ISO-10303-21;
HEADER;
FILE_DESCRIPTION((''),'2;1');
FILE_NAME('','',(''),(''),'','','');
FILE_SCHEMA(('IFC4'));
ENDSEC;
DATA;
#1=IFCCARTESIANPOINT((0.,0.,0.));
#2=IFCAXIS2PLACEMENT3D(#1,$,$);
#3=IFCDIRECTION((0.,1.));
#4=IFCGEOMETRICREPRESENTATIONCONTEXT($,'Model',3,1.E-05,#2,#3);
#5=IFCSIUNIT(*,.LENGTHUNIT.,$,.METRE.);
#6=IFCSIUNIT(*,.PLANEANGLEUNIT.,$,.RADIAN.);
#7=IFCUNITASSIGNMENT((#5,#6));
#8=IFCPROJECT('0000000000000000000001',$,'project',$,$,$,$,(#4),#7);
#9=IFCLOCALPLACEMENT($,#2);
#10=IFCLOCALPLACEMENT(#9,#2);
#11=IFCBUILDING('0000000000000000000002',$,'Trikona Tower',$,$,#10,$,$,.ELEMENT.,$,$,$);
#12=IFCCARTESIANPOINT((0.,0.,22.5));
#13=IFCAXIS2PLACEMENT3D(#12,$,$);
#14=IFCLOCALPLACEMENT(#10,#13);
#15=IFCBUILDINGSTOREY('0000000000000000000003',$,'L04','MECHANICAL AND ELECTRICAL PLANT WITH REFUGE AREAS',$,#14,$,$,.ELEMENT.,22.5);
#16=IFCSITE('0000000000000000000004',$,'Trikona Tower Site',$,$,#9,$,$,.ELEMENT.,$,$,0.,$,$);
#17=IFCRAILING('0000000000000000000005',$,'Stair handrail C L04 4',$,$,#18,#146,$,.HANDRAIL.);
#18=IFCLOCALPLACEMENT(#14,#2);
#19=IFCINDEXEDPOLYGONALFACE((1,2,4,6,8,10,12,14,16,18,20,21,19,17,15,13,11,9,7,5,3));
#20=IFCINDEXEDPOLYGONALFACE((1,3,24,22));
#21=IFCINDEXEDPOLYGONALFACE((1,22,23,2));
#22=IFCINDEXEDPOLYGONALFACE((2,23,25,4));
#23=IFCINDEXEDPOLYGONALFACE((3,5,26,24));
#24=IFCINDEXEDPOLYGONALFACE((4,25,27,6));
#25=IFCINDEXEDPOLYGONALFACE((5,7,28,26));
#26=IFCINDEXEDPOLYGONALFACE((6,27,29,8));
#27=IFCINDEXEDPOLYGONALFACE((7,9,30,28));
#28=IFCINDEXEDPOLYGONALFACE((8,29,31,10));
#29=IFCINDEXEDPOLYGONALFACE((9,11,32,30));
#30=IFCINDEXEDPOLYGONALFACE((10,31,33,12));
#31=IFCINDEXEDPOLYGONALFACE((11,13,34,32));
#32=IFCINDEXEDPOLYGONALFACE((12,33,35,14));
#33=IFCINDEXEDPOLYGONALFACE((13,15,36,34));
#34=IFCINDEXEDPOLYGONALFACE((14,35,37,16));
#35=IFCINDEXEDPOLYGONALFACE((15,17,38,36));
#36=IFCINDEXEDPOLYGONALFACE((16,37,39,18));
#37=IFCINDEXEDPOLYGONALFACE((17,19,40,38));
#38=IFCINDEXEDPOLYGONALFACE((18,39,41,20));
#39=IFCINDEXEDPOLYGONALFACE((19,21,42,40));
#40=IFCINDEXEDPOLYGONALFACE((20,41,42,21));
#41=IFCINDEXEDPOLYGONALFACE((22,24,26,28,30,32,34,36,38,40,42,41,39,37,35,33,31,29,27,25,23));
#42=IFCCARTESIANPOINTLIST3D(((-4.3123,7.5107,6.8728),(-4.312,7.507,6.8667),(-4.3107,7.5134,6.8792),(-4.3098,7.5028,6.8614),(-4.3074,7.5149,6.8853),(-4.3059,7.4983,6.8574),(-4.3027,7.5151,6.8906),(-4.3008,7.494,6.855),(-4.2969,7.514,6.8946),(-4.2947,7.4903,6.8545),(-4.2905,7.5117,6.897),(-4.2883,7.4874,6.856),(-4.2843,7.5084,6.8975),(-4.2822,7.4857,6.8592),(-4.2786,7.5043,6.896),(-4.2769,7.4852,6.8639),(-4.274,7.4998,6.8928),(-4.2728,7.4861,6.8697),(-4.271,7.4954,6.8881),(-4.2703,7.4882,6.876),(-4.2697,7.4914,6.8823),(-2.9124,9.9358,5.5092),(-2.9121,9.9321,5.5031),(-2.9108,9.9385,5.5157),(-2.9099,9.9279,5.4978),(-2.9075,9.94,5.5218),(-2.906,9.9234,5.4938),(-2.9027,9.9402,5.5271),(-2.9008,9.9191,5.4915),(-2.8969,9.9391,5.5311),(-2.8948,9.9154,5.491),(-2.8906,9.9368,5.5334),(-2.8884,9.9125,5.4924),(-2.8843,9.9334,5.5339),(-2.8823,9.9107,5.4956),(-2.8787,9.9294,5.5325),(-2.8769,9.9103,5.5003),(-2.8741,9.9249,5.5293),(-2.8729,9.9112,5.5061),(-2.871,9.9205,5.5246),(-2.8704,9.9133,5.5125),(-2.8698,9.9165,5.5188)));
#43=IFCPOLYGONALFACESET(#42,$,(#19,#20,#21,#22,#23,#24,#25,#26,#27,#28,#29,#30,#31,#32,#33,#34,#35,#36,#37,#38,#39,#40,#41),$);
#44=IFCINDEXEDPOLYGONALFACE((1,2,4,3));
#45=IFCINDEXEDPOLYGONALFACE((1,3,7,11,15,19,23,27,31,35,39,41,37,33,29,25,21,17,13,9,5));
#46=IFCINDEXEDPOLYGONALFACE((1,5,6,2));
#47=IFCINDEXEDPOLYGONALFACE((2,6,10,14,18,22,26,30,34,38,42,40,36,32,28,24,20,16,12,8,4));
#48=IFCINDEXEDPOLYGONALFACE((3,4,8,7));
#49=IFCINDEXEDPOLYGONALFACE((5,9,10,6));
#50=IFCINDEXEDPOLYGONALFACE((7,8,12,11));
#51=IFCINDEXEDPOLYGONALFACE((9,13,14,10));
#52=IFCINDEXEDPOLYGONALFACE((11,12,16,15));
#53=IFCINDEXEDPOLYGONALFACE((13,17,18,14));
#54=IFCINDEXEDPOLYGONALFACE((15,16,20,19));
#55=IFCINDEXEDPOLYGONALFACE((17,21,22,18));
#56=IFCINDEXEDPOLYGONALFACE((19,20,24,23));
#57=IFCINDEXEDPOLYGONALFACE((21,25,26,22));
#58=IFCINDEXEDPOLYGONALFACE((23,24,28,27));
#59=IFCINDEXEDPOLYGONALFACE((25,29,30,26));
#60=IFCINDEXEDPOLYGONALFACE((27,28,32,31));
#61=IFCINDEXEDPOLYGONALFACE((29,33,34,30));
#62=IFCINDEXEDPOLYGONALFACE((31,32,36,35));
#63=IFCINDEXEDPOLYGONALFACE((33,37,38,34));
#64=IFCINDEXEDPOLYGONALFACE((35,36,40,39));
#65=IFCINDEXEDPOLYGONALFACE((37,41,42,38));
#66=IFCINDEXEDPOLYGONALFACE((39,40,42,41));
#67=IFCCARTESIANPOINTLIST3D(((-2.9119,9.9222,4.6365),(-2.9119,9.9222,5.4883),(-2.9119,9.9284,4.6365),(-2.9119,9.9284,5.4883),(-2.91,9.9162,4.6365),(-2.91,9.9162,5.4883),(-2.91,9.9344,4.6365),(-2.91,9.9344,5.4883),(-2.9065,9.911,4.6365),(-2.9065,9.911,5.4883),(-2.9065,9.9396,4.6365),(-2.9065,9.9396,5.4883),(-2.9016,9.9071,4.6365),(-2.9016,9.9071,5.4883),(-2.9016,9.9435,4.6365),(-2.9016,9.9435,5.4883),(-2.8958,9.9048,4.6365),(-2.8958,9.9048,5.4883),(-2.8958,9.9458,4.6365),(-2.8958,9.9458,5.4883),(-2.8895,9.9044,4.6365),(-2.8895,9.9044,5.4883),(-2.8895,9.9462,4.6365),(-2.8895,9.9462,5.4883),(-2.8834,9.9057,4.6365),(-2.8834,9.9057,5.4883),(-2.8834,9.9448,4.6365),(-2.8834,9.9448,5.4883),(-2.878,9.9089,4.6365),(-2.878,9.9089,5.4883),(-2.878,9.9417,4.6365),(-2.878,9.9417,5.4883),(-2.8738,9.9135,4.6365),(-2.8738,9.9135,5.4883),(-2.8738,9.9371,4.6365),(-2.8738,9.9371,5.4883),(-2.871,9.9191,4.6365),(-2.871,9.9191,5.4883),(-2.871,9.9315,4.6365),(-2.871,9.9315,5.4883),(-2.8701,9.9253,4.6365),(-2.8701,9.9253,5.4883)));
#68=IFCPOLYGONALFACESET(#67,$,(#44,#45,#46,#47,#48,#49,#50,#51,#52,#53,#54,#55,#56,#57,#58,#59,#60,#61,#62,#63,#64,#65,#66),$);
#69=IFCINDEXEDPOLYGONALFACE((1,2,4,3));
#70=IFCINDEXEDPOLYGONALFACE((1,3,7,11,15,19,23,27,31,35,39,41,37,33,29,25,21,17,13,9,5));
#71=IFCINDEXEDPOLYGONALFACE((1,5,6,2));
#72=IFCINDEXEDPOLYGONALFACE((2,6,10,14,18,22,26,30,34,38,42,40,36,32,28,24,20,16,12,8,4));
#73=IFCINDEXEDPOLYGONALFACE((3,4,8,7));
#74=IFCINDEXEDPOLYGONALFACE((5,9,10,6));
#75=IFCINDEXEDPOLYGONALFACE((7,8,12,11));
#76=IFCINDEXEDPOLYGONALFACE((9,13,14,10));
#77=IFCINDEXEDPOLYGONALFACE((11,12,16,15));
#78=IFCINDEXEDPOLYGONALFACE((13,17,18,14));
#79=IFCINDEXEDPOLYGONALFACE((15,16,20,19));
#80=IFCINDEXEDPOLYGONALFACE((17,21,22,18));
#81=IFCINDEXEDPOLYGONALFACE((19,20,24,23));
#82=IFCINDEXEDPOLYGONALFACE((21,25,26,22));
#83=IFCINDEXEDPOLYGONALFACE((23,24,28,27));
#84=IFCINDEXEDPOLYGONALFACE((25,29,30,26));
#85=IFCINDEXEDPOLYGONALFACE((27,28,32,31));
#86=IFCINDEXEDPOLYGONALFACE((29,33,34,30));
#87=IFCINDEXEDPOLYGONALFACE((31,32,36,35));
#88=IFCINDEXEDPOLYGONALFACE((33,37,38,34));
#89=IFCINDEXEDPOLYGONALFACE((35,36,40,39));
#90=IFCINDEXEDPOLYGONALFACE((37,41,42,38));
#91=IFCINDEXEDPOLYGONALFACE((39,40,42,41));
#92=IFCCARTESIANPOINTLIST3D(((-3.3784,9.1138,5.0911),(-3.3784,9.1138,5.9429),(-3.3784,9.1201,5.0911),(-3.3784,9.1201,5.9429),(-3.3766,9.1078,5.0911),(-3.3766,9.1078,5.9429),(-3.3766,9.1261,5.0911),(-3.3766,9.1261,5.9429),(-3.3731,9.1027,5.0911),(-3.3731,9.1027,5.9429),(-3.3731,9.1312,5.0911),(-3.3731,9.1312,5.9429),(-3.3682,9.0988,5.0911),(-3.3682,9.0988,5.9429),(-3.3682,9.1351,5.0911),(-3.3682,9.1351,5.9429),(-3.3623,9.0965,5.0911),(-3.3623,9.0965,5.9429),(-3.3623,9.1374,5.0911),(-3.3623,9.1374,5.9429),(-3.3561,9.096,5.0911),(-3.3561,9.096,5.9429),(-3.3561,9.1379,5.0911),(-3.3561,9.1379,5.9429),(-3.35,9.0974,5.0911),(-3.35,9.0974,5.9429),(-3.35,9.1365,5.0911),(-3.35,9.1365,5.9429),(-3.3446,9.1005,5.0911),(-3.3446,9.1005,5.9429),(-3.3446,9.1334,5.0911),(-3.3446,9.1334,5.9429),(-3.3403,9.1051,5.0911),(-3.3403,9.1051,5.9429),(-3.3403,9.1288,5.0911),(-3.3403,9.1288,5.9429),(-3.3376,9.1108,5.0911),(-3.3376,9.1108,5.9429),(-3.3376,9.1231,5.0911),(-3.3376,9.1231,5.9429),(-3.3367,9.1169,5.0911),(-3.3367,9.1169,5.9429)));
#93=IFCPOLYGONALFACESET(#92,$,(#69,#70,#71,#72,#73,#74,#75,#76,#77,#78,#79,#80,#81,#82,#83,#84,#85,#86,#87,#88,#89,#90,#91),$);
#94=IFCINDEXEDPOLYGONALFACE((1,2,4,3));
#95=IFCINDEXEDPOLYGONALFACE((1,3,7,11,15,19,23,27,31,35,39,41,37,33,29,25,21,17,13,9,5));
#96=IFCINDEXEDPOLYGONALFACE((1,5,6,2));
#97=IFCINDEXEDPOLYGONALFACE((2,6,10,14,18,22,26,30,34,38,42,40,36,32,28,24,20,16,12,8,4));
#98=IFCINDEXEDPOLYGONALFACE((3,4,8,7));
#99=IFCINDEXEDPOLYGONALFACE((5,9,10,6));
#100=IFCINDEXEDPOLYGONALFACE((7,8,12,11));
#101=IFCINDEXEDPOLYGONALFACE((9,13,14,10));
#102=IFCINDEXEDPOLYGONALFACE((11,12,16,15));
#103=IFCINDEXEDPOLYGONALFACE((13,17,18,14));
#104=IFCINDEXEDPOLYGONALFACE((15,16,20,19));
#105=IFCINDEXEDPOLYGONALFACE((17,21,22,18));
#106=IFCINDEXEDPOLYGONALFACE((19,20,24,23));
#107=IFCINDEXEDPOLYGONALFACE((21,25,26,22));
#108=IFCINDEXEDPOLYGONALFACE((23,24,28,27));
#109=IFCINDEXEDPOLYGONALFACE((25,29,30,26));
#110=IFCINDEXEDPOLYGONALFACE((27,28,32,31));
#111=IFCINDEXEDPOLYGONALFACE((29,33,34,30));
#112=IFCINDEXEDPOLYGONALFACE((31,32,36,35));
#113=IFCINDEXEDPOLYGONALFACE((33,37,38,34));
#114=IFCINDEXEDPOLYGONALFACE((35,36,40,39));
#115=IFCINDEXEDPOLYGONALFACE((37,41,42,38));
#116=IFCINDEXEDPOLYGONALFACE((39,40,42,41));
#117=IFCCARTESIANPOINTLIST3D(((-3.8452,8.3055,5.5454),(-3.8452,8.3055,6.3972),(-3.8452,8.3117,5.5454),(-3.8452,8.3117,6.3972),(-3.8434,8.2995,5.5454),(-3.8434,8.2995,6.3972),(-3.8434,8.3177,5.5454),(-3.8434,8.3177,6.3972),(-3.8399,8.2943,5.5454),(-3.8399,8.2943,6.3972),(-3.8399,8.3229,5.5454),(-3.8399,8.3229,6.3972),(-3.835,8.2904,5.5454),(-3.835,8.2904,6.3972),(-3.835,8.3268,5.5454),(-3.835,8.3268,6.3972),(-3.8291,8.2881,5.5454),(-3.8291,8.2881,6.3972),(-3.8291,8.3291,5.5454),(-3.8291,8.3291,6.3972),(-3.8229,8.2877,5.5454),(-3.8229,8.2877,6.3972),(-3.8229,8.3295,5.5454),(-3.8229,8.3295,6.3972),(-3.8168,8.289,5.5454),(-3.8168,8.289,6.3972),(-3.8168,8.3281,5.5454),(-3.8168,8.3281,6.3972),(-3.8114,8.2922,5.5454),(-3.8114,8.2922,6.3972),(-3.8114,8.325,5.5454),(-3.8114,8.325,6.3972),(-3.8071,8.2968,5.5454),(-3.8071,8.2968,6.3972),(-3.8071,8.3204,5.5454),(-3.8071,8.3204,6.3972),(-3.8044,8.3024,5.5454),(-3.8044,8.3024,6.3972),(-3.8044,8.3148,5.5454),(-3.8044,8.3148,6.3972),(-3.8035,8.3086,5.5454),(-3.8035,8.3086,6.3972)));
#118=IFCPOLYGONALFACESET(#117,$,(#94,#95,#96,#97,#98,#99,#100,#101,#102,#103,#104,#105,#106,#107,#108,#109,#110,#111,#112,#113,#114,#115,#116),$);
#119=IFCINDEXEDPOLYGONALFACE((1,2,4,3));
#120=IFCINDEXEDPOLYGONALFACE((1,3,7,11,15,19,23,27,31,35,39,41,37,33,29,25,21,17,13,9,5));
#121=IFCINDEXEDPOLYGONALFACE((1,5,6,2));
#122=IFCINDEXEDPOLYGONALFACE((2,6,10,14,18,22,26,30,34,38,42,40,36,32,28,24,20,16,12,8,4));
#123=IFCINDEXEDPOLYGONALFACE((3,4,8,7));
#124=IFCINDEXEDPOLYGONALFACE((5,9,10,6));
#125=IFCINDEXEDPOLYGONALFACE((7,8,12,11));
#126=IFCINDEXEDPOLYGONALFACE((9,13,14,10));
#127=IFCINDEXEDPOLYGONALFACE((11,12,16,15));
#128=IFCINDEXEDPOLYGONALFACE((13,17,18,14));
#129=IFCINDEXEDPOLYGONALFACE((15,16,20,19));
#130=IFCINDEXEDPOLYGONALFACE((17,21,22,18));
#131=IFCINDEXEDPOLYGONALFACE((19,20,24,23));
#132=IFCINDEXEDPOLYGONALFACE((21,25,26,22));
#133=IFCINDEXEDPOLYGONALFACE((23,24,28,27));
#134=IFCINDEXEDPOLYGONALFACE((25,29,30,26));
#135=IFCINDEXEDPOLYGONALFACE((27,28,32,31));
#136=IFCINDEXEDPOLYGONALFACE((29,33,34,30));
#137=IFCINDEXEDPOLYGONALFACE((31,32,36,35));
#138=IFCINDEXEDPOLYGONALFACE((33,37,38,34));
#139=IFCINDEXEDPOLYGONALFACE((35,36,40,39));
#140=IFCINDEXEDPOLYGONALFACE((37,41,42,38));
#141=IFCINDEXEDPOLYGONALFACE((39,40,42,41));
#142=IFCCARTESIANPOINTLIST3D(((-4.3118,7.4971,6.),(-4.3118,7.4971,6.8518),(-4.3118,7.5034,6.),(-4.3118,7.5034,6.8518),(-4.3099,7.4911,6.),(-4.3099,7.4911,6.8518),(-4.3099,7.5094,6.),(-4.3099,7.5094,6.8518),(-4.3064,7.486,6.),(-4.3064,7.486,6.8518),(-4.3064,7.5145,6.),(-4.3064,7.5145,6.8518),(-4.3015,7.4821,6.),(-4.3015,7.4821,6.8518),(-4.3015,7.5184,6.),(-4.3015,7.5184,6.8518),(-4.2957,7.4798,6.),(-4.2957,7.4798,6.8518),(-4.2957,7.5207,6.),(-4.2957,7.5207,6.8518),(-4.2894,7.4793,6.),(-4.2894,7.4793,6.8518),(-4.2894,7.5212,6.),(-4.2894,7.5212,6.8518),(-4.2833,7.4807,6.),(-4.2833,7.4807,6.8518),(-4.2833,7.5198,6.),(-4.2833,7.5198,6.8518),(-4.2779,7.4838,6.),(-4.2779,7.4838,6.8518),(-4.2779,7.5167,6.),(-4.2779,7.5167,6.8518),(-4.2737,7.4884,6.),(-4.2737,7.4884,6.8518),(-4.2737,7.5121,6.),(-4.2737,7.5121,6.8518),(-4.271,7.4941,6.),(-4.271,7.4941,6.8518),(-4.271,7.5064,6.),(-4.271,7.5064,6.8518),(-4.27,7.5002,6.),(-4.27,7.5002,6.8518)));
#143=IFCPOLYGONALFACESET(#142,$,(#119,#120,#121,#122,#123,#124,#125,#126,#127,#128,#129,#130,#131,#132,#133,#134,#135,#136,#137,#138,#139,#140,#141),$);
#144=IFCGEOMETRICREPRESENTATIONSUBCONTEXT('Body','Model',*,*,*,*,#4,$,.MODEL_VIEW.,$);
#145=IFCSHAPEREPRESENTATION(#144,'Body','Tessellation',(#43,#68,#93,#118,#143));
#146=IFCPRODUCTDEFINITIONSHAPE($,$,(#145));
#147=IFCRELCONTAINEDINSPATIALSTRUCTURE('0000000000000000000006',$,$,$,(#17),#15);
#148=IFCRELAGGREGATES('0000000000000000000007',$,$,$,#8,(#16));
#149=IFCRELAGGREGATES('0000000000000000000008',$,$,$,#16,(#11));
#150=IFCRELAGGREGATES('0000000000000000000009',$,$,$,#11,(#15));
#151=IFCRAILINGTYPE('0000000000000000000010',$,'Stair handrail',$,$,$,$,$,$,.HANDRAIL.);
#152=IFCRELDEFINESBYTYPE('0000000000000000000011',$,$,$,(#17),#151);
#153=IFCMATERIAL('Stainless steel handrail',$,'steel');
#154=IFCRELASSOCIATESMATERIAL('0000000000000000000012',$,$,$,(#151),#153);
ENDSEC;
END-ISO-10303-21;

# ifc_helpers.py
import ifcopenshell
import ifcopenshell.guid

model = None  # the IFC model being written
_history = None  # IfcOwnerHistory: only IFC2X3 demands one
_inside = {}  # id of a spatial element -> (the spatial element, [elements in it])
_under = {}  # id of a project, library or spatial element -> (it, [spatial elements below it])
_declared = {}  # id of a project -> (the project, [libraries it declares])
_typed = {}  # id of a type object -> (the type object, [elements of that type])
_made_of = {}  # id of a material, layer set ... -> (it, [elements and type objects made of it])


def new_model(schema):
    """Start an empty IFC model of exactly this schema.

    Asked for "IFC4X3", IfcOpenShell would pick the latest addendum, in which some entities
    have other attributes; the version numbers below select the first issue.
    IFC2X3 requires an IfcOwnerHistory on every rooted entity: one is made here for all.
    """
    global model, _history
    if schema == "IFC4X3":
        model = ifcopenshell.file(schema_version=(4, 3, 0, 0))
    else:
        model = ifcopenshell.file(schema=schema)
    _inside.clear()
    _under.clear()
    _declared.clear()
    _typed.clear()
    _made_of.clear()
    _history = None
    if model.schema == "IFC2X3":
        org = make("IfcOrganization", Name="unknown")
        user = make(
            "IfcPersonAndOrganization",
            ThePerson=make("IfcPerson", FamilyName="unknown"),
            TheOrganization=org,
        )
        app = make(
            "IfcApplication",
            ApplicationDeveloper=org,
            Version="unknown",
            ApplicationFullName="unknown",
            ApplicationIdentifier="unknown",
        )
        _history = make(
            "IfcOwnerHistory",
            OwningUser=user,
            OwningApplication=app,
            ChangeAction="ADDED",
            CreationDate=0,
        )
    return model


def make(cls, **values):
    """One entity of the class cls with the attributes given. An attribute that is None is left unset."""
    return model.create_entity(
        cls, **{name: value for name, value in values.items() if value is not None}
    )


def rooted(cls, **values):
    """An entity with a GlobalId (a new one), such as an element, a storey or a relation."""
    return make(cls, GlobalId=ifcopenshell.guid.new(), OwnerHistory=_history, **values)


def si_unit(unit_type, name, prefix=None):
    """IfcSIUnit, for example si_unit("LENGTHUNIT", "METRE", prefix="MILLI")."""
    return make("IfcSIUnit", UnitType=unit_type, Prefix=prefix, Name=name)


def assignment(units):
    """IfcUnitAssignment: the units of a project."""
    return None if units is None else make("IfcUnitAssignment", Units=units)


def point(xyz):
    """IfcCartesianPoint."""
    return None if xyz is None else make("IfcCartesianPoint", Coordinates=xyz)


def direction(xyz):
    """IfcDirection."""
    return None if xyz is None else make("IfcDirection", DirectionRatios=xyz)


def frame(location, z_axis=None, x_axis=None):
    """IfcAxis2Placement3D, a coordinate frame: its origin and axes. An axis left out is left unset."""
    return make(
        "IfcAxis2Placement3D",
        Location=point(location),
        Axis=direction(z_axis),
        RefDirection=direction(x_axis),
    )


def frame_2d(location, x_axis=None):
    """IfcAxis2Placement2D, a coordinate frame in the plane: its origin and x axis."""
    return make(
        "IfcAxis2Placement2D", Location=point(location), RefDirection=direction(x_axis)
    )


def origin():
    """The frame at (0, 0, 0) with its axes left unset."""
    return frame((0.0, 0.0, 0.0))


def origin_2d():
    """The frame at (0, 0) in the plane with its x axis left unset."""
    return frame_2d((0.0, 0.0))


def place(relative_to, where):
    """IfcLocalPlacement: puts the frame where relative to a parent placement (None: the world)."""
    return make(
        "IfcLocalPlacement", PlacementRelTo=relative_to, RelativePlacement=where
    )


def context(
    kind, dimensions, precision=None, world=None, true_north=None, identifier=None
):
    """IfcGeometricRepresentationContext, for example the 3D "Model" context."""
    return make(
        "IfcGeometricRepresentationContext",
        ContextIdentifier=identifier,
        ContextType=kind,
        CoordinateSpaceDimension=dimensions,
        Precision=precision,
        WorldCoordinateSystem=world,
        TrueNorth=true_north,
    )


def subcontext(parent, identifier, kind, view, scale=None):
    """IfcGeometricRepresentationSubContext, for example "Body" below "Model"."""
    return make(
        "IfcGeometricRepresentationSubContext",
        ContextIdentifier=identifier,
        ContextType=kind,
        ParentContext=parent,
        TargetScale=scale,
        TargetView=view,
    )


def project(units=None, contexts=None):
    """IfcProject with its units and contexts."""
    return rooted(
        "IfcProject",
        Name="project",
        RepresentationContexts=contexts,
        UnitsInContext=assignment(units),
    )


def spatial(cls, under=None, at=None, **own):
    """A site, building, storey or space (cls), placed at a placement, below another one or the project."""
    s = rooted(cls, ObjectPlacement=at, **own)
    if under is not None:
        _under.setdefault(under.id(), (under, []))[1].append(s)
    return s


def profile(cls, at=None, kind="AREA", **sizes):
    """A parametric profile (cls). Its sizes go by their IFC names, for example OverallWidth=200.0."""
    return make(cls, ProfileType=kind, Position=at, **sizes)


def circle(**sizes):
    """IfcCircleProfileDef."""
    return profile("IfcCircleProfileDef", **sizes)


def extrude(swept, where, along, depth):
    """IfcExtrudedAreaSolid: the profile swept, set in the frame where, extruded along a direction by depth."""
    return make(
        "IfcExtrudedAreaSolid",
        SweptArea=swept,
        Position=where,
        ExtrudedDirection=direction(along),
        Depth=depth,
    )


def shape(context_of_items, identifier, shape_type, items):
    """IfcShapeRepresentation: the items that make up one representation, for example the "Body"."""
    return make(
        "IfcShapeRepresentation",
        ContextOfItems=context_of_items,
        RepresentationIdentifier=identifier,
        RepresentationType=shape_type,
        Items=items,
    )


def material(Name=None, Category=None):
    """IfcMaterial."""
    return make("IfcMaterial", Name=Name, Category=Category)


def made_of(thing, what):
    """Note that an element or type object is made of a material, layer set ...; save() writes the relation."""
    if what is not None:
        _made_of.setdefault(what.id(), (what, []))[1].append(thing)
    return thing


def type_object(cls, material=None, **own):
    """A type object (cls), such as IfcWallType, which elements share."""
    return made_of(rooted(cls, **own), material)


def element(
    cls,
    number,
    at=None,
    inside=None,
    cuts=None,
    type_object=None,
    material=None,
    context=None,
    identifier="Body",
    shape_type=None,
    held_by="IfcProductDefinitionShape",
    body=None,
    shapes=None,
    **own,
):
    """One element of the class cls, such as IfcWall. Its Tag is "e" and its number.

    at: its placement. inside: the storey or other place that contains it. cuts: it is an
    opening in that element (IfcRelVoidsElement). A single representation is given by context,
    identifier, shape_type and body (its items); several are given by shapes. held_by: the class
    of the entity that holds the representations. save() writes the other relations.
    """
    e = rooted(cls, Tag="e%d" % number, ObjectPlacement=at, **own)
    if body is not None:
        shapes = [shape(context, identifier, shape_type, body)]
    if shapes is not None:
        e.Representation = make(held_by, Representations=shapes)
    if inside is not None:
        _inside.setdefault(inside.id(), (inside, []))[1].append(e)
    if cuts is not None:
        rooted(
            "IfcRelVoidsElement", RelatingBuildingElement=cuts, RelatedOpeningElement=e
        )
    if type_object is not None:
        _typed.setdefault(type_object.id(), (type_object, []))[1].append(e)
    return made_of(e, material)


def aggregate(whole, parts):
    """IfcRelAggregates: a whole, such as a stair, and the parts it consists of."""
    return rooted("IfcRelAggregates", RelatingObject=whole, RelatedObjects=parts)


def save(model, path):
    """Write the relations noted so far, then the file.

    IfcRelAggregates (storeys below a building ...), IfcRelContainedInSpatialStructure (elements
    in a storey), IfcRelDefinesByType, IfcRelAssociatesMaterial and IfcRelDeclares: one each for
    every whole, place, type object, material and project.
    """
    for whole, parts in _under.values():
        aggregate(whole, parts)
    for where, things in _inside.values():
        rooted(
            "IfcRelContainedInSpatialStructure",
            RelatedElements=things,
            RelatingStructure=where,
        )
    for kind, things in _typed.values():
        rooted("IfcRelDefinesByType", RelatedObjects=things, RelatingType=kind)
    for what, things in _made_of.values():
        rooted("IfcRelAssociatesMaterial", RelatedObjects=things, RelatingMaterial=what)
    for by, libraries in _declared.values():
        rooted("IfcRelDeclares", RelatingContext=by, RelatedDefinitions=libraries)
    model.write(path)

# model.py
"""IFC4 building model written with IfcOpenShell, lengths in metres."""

from ifc_helpers import new_model, si_unit, direction, frame, origin, origin_2d, place, context, subcontext, project, spatial, circle, extrude, material, type_object, element, save


model = new_model("IFC4")

# Units and contexts
model_context = context("Model", 3, precision=1e-05, world=origin(), true_north=direction((0.0, 1.0)))
body_context = subcontext(model_context, "Body", "Model", "MODEL_VIEW")
ifc_project = project(units=[si_unit("LENGTHUNIT", "METRE"), si_unit("PLANEANGLEUNIT", "RADIAN")], contexts=[model_context])

# Site, building, storey
site_placement = place(None, origin())
site = spatial("IfcSite", under=ifc_project, at=site_placement, Name="Trikona Tower Site", CompositionType="ELEMENT", RefElevation=0.0)
building_placement = place(site_placement, origin())
building = spatial("IfcBuilding", under=site, at=building_placement, Name="Trikona Tower", CompositionType="ELEMENT")
storey_placement = place(building_placement, frame((0.0, 0.0, 22.5)))
storey = spatial("IfcBuildingStorey", under=building, at=storey_placement, Name="L04", Description="MECHANICAL AND ELECTRICAL PLANT WITH REFUGE AREAS", CompositionType="ELEMENT", Elevation=22.5)

# Railing
ifc_material_1 = material(Name="Stainless steel handrail", Category="steel")
railing_type = type_object("IfcRailingType", Name="Stair handrail", PredefinedType="HANDRAIL", material=ifc_material_1)
railing_1_placement = place(storey_placement, frame((-2.8911, 9.9253, 4.6365)))
element("IfcRailing", 1, at=railing_1_placement, inside=storey, type_object=railing_type, Name="Stair handrail C L04 4", PredefinedType="HANDRAIL", context=body_context, shape_type="SweptSolid", body=[
    extrude(circle(Radius=0.0239, at=origin_2d()), frame((0.0, 0.0, 0.876), z_axis=(-0.449486, -0.778645, 0.437806), x_axis=(0.866056, -0.499946, 0.0)), (0.0, 0.0, 1.0), 3.1145),
    extrude(circle(Radius=0.021, at=origin_2d()), origin(), (0.0, 0.0, 1.0), 0.8518),
    extrude(circle(Radius=0.021, at=origin_2d()), frame((-0.4666, -0.8083, 0.4546)), (0.0, 0.0, 1.0), 0.8518),
    extrude(circle(Radius=0.021, at=origin_2d()), frame((-0.9333, -1.6167, 0.9089)), (0.0, 0.0, 1.0), 0.8518),
    extrude(circle(Radius=0.021, at=origin_2d()), frame((-1.3999, -2.425, 1.3635)), (0.0, 0.0, 1.0), 0.8518),
])

save(model, "model.ifc")
